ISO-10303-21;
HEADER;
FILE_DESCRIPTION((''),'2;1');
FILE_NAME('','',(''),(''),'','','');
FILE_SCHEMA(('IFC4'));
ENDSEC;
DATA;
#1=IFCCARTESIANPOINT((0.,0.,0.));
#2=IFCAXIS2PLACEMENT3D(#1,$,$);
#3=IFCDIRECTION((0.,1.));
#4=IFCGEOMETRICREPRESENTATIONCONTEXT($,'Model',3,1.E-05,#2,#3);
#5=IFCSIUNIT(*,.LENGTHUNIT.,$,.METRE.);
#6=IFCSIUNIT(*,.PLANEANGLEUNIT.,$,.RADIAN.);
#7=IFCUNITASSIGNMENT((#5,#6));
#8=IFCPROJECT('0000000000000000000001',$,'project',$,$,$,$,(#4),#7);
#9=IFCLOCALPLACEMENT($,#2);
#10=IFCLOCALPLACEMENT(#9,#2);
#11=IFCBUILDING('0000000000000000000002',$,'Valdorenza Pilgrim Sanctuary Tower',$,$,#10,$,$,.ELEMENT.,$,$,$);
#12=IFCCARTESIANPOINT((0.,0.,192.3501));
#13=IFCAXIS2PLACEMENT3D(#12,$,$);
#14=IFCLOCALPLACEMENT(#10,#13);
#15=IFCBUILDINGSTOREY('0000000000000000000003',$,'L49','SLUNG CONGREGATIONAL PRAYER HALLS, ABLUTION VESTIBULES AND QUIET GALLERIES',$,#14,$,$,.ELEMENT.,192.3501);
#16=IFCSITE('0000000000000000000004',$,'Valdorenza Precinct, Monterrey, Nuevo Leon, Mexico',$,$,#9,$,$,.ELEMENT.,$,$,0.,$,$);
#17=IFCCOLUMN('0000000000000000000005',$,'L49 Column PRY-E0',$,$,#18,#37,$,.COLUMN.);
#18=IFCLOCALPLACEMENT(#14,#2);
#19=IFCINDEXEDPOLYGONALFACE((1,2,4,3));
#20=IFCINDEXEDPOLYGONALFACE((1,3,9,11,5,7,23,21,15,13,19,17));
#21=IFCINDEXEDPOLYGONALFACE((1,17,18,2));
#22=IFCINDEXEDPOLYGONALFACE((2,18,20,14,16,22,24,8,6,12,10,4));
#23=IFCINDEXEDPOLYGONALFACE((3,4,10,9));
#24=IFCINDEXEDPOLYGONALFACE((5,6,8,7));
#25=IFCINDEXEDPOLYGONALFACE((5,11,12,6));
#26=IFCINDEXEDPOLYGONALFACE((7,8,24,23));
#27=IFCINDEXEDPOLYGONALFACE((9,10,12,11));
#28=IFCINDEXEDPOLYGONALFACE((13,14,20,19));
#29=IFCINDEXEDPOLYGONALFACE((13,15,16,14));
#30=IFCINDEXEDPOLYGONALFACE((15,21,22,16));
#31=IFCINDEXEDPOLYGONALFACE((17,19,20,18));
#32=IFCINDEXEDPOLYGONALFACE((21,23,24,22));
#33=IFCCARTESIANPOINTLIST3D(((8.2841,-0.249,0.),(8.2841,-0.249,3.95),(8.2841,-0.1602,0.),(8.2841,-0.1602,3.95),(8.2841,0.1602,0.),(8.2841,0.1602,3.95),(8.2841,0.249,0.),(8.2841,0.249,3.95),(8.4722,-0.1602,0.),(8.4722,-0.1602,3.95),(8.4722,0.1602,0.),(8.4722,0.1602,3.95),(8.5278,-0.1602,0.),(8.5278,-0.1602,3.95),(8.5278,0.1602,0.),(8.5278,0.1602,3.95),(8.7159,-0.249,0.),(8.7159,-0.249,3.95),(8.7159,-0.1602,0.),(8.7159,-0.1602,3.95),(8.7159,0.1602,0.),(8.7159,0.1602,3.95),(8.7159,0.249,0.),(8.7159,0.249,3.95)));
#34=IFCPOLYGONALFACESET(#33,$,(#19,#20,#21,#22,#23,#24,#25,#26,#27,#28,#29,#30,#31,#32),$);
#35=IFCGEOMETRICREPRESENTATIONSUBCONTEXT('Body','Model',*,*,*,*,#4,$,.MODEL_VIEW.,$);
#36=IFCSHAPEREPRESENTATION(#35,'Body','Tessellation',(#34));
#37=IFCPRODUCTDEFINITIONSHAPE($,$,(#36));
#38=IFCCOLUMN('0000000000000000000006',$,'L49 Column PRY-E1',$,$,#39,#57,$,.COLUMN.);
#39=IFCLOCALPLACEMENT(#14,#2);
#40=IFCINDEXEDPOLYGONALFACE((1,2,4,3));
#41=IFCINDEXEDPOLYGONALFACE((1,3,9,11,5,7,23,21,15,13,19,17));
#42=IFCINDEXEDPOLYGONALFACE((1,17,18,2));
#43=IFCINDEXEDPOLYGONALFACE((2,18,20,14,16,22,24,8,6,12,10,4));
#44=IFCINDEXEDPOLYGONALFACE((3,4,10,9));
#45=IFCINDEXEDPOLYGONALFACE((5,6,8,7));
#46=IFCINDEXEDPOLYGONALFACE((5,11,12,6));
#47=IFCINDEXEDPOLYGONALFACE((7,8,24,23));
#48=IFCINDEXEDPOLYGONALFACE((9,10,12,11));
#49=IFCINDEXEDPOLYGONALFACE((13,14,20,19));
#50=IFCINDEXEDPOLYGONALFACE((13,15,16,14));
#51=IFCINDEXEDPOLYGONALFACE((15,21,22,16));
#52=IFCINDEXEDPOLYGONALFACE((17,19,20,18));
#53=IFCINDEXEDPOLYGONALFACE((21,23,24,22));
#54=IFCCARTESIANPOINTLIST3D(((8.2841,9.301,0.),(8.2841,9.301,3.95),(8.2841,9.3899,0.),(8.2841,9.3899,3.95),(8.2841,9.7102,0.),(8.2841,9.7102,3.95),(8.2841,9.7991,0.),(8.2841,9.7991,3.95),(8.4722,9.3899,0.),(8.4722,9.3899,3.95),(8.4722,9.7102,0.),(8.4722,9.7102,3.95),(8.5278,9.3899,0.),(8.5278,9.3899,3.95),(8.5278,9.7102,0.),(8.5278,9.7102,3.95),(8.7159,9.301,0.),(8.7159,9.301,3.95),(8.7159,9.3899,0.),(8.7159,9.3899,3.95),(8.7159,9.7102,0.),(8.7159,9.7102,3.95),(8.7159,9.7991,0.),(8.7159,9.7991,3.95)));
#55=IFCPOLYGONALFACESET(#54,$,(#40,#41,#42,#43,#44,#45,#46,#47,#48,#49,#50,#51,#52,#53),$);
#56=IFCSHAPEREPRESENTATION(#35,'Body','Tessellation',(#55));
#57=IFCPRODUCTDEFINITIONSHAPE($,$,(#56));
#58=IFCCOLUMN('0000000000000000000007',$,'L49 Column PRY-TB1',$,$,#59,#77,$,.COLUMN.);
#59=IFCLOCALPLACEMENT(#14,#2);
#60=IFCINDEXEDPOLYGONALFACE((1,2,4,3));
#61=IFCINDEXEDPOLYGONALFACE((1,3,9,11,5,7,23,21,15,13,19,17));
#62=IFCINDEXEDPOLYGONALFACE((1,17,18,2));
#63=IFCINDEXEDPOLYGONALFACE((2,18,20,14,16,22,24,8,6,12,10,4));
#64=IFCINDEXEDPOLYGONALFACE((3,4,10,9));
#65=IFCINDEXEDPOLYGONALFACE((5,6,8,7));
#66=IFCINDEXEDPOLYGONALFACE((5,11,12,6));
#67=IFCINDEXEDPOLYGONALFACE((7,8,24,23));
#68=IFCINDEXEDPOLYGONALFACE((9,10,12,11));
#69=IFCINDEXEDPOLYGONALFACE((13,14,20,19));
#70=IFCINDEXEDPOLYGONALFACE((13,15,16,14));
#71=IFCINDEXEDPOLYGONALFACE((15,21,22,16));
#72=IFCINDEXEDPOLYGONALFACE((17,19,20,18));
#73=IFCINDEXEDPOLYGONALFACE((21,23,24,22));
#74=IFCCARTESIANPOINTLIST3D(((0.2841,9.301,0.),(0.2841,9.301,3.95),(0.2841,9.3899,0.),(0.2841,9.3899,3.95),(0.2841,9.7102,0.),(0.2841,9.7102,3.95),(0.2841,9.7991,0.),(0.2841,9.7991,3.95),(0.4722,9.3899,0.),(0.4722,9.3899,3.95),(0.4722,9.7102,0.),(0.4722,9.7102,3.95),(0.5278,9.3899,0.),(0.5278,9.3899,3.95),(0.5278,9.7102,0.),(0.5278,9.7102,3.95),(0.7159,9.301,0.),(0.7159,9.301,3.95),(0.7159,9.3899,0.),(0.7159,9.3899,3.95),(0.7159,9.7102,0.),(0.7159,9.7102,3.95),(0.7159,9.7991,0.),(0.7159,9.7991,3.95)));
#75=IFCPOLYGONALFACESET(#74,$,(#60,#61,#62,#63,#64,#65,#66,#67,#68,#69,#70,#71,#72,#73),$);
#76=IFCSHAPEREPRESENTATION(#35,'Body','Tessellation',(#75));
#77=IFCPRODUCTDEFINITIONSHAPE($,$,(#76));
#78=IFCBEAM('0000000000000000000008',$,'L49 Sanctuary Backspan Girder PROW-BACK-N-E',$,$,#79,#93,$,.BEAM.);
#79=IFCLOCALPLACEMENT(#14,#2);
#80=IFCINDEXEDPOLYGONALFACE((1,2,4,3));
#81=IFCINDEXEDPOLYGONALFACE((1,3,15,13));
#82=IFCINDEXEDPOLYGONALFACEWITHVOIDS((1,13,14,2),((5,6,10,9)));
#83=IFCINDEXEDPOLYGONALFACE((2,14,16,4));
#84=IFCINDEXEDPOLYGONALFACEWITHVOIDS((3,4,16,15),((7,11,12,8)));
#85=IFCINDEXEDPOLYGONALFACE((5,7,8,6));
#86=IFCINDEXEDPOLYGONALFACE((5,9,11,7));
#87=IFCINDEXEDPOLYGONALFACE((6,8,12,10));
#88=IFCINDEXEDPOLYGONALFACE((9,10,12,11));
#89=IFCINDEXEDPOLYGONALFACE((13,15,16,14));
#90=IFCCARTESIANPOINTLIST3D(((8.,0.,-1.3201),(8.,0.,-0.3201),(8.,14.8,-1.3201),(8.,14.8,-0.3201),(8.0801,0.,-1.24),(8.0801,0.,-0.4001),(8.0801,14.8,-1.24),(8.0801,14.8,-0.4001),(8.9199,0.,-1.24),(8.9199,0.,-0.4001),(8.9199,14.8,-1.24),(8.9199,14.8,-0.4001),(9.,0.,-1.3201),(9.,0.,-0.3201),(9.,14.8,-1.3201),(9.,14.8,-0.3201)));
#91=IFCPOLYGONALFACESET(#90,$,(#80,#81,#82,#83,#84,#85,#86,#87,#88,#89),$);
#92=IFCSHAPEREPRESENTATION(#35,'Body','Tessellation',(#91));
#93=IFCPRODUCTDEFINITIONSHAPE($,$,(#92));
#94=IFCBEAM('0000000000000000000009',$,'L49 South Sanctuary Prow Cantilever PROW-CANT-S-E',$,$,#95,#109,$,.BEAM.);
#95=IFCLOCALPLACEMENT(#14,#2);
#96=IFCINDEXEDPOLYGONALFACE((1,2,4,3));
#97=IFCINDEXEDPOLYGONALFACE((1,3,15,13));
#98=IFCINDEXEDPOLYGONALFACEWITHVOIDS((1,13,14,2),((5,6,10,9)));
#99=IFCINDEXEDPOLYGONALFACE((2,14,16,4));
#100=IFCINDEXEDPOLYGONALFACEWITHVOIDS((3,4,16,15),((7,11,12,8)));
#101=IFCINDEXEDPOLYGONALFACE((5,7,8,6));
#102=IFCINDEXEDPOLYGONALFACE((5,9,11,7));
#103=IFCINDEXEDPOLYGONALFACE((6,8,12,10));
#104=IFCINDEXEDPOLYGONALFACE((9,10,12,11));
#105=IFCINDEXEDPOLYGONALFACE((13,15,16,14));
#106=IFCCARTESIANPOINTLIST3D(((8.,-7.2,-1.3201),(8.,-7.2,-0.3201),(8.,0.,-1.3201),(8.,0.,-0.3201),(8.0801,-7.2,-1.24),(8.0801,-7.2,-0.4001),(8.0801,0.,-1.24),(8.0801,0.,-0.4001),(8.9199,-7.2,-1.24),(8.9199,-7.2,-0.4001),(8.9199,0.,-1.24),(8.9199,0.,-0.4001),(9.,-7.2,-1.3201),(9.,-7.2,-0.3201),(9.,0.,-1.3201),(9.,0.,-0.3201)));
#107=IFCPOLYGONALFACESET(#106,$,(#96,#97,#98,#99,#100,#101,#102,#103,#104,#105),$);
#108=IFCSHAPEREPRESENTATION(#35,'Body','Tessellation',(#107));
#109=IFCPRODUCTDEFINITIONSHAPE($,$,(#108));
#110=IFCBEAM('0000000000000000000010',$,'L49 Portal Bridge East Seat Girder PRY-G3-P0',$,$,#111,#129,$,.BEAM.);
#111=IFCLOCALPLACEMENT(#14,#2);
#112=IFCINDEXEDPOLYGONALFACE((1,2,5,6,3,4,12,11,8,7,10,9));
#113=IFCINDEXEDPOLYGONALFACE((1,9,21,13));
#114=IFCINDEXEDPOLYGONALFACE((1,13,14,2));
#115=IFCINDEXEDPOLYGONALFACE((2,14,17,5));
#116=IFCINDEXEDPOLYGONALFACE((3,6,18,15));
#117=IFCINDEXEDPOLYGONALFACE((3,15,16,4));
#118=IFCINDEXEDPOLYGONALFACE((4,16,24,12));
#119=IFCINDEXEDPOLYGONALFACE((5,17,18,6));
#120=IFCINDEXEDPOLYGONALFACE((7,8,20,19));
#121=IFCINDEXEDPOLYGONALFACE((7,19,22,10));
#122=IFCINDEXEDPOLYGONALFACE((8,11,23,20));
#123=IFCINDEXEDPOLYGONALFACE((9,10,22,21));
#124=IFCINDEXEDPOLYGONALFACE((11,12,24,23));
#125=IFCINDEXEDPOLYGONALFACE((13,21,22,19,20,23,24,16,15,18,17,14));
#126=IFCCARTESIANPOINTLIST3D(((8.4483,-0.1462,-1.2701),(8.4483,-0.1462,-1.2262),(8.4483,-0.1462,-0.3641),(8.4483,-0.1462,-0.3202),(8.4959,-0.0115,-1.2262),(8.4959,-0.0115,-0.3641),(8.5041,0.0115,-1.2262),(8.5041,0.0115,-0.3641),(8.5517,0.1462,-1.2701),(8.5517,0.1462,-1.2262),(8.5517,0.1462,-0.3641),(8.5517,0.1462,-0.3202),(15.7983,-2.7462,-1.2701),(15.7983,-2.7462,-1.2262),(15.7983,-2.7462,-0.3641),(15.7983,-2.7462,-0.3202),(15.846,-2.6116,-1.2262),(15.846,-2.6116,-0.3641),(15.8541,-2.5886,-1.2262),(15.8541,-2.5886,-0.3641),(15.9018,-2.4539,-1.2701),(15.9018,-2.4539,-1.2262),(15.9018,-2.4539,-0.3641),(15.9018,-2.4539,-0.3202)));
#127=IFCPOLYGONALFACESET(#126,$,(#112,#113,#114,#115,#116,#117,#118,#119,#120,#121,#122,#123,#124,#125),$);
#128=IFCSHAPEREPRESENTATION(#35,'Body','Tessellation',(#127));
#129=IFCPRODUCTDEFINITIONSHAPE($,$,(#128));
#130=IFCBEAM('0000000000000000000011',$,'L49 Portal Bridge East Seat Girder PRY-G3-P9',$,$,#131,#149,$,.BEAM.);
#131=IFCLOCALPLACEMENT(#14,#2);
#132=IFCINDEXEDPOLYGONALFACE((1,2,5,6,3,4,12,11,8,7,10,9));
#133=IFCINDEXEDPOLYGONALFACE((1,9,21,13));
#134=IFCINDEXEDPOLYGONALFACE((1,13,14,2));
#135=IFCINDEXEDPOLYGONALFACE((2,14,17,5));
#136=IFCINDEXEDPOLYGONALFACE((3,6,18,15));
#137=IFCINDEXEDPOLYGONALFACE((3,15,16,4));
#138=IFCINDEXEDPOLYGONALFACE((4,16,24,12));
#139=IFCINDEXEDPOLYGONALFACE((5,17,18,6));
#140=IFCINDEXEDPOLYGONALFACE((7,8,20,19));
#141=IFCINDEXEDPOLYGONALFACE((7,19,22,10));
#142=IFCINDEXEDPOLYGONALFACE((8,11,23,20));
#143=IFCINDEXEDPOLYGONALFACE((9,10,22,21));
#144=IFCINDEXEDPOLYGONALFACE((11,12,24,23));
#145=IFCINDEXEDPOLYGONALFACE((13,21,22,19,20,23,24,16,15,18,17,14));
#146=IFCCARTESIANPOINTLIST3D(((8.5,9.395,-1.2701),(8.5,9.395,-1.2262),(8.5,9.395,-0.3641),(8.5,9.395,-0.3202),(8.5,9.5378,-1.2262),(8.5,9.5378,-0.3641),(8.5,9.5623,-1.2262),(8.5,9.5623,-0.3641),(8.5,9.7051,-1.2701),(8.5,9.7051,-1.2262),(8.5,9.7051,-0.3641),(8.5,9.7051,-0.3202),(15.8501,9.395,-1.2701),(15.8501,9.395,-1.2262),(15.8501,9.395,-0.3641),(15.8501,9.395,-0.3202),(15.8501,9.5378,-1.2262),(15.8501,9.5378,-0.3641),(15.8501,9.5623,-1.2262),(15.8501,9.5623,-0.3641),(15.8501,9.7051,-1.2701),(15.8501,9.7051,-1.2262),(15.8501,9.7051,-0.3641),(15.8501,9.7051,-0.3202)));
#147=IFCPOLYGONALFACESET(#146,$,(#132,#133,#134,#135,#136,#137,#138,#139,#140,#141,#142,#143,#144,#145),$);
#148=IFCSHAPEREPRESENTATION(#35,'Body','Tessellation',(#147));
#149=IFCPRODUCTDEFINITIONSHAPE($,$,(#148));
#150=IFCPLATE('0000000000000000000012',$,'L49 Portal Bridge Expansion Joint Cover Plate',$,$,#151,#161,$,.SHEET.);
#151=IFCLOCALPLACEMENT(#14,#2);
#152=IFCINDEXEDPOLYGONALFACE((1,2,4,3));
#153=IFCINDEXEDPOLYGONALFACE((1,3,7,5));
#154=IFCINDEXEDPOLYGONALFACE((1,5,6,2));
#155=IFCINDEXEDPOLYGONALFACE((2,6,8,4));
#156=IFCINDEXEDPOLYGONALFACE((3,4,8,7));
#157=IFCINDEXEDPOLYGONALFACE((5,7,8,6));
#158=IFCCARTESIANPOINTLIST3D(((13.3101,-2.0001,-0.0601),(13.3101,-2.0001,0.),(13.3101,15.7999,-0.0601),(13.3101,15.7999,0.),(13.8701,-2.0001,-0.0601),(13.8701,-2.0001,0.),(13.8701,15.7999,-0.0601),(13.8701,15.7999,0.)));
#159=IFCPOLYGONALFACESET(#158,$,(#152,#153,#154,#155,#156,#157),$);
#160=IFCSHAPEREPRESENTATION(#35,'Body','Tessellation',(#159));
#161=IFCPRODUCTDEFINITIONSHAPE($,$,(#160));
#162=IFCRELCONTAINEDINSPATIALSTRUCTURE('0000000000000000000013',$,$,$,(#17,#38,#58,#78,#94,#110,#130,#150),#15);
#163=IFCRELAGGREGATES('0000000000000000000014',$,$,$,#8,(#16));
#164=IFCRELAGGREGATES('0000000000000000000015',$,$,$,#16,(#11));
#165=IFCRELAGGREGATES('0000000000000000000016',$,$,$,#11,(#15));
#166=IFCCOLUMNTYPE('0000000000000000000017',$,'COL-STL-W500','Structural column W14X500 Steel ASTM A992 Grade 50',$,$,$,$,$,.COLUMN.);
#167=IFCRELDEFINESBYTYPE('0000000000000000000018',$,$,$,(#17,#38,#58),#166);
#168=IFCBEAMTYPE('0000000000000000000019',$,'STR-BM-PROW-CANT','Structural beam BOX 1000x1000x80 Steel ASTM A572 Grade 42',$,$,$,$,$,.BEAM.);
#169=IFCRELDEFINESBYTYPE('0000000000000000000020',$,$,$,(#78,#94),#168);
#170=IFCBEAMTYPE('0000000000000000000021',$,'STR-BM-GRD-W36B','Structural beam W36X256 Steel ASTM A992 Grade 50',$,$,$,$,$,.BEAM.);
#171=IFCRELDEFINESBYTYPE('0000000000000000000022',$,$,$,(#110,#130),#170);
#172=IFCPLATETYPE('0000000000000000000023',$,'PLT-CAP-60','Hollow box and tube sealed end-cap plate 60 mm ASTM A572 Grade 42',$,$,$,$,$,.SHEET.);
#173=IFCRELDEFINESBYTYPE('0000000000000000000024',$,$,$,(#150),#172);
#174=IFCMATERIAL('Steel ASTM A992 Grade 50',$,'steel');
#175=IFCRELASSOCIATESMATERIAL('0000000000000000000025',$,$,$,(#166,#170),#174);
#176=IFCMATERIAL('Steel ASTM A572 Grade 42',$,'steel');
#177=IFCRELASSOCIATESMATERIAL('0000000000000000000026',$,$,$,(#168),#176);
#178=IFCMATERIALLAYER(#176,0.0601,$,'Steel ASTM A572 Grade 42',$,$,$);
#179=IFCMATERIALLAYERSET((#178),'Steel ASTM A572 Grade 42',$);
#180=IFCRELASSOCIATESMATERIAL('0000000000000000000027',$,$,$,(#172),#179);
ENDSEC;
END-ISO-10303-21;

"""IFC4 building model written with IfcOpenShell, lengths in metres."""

from ifc_helpers import new_model, si_unit, direction, frame, origin, origin_2d, place, context, subcontext, project, spatial, rectangle, hollow_rectangle, i_section, extrude, source, transform, mapped, material, layer, layer_set, material_profile, profile_set, type_object, element, save


model = new_model("IFC4")

# Units and contexts
model_context = context("Model", 3, precision=1e-05, world=origin(), true_north=direction((0.0, 1.0)))
body_context = subcontext(model_context, "Body", "Model", "MODEL_VIEW")
ifc_project = project(units=[si_unit("LENGTHUNIT", "METRE"), si_unit("PLANEANGLEUNIT", "RADIAN")], contexts=[model_context])

# Site, building, storey
site_placement = place(None, origin())
site = spatial("IfcSite", under=ifc_project, at=site_placement, Name="Valdorenza Precinct, Monterrey, Nuevo Leon, Mexico", CompositionType="ELEMENT", RefElevation=0.0)
building_placement = place(site_placement, origin())
building = spatial("IfcBuilding", under=site, at=building_placement, Name="Valdorenza Pilgrim Sanctuary Tower", CompositionType="ELEMENT")
storey_placement = place(building_placement, frame((0.0, 0.0, 192.3501)))
storey = spatial("IfcBuildingStorey", under=building, at=storey_placement, Name="L49", Description="SLUNG CONGREGATIONAL PRAYER HALLS, ABLUTION VESTIBULES AND QUIET GALLERIES", CompositionType="ELEMENT", Elevation=192.3501)

# Columns
ifc_material_1 = material(Name="Steel ASTM A992 Grade 50", Category="steel")
ifc_material_profile_1 = material_profile(ifc_material_1, i_section(OverallWidth=0.4319, OverallDepth=0.498, WebThickness=0.0557, FlangeThickness=0.0889, at=origin_2d()), Name="W14X500")
ifc_profile_set_1 = profile_set([ifc_material_profile_1], Name="Steel ASTM A992 Grade 50")
column_type = type_object("IfcColumnType", Name="COL-STL-W500", Description="Structural column W14X500 Steel ASTM A992 Grade 50", PredefinedType="COLUMN", material=ifc_profile_set_1)
shared_shape_1 = source(origin(), body_context, "Body", "SweptSolid", [
    extrude(i_section(OverallWidth=0.4319, OverallDepth=0.498, WebThickness=0.0557, FlangeThickness=0.0889, at=origin_2d()), origin(), (0.0, 0.0, 1.0), 3.95),
])
for number, where, z_axis, x_axis, name in (
    (1, (8.5, 0.0, 0.0), (0.0, 0.0, 1.0), (1.0, 0.0, 0.0), "L49 Column PRY-E0"),
    (2, (8.5, 9.55, 0.0), (0.0, 0.0, 1.0), (1.0, 0.0, 0.0), "L49 Column PRY-E1"),
    (3, (0.5, 9.55, 0.0), (0.0, 0.0, 1.0), (1.0, 0.0, 0.0), "L49 Column PRY-TB1"),
):
    element("IfcColumn", number, at=place(storey_placement, frame(where, z_axis=z_axis, x_axis=x_axis)), inside=storey, type_object=column_type, Name=name, PredefinedType="COLUMN", context=body_context, shape_type="MappedRepresentation", body=[
        mapped(shared_shape_1, transform((0.0, 0.0, 0.0), x_axis=(1.0, 0.0, 0.0), y_axis=(0.0, 1.0, 0.0), z_axis=(0.0, 0.0, 1.0), scale=1.0)),
    ])

# Beams
ifc_material_2 = material(Name="Steel ASTM A572 Grade 42", Category="steel")
ifc_material_profile_2 = material_profile(ifc_material_2, hollow_rectangle(XDim=1.0, YDim=1.0, WallThickness=0.0801, at=origin_2d()), Name="BOX 1000x1000x80")
ifc_profile_set_2 = profile_set([ifc_material_profile_2], Name="Steel ASTM A572 Grade 42")
beam_type_1 = type_object("IfcBeamType", Name="STR-BM-PROW-CANT", Description="Structural beam BOX 1000x1000x80 Steel ASTM A572 Grade 42", PredefinedType="BEAM", material=ifc_profile_set_2)
shared_shape_2 = source(origin(), body_context, "Body", "SweptSolid", [
    extrude(hollow_rectangle(XDim=1.0, YDim=1.0, WallThickness=0.0801, at=origin_2d()), origin(), (0.0, 0.0, 1.0), 14.8),
])
beam_1_placement = place(storey_placement, frame((8.5, 0.0, -0.8201), z_axis=(0.0, 1.0, 0.0), x_axis=(-1.0, 0.0, 0.0)))
element("IfcBeam", 4, at=beam_1_placement, inside=storey, type_object=beam_type_1, Name="L49 Sanctuary Backspan Girder PROW-BACK-N-E", PredefinedType="BEAM", context=body_context, shape_type="MappedRepresentation", body=[
    mapped(shared_shape_2, transform((0.0, 0.0, 0.0), x_axis=(1.0, 0.0, 0.0), y_axis=(0.0, 1.0, 0.0), z_axis=(0.0, 0.0, 1.0), scale=1.0)),
])
shared_shape_3 = source(origin(), body_context, "Body", "SweptSolid", [
    extrude(hollow_rectangle(XDim=1.0, YDim=1.0, WallThickness=0.0801, at=origin_2d()), origin(), (0.0, 0.0, 1.0), 7.2),
])
beam_2_placement = place(storey_placement, frame((8.5, 0.0, -0.8201), z_axis=(0.0, -1.0, 0.0), x_axis=(1.0, 0.0, 0.0)))
element("IfcBeam", 5, at=beam_2_placement, inside=storey, type_object=beam_type_1, Name="L49 South Sanctuary Prow Cantilever PROW-CANT-S-E", PredefinedType="BEAM", context=body_context, shape_type="MappedRepresentation", body=[
    mapped(shared_shape_3, transform((0.0, 0.0, 0.0), x_axis=(1.0, 0.0, 0.0), y_axis=(0.0, 1.0, 0.0), z_axis=(0.0, 0.0, 1.0), scale=1.0)),
])
ifc_material_profile_3 = material_profile(ifc_material_1, i_section(OverallWidth=0.3101, OverallDepth=0.95, WebThickness=0.0244, FlangeThickness=0.0439, at=origin_2d()), Name="W36X256")
ifc_profile_set_3 = profile_set([ifc_material_profile_3], Name="Steel ASTM A992 Grade 50")
beam_type_2 = type_object("IfcBeamType", Name="STR-BM-GRD-W36B", Description="Structural beam W36X256 Steel ASTM A992 Grade 50", PredefinedType="BEAM", material=ifc_profile_set_3)
shared_shape_4 = source(origin(), body_context, "Body", "SweptSolid", [
    extrude(i_section(OverallWidth=0.3101, OverallDepth=0.95, WebThickness=0.0244, FlangeThickness=0.0439, at=origin_2d()), origin(), (0.0, 0.0, 1.0), 7.7964),
])
beam_3_placement = place(storey_placement, frame((8.5, 0.0, -0.7952), z_axis=(0.942751, -0.333498, 0.0), x_axis=(0.333498, 0.942751, 0.0)))
element("IfcBeam", 6, at=beam_3_placement, inside=storey, type_object=beam_type_2, Name="L49 Portal Bridge East Seat Girder PRY-G3-P0", PredefinedType="BEAM", context=body_context, shape_type="MappedRepresentation", body=[
    mapped(shared_shape_4, transform((0.0, 0.0, 0.0), x_axis=(1.0, 0.0, 0.0), y_axis=(0.0, 1.0, 0.0), z_axis=(0.0, 0.0, 1.0), scale=1.0)),
])
shared_shape_5 = source(origin(), body_context, "Body", "SweptSolid", [
    extrude(i_section(OverallWidth=0.3101, OverallDepth=0.95, WebThickness=0.0244, FlangeThickness=0.0439, at=origin_2d()), origin(), (0.0, 0.0, 1.0), 7.3501),
])
beam_4_placement = place(storey_placement, frame((8.5, 9.55, -0.7952), z_axis=(1.0, 0.0, 0.0), x_axis=(0.0, 1.0, 0.0)))
element("IfcBeam", 7, at=beam_4_placement, inside=storey, type_object=beam_type_2, Name="L49 Portal Bridge East Seat Girder PRY-G3-P9", PredefinedType="BEAM", context=body_context, shape_type="MappedRepresentation", body=[
    mapped(shared_shape_5, transform((0.0, 0.0, 0.0), x_axis=(1.0, 0.0, 0.0), y_axis=(0.0, 1.0, 0.0), z_axis=(0.0, 0.0, 1.0), scale=1.0)),
])

# Plate
ifc_layer_1 = layer(ifc_material_2, 0.0601, Name="Steel ASTM A572 Grade 42")
ifc_layer_set_1 = layer_set([ifc_layer_1], Name="Steel ASTM A572 Grade 42")
plate_type = type_object("IfcPlateType", Name="PLT-CAP-60", Description="Hollow box and tube sealed end-cap plate 60 mm ASTM A572 Grade 42", PredefinedType="SHEET", material=ifc_layer_set_1)
shared_shape_6 = source(origin(), body_context, "Body", "SweptSolid", [
    extrude(rectangle(XDim=0.5601, YDim=17.8, at=origin_2d()), origin(), (0.0, 0.0, 1.0), 0.0601),
])
plate_placement = place(storey_placement, frame((13.5901, 6.8999, -0.0601), z_axis=(0.0, 0.0, 1.0), x_axis=(1.0, 0.0, 0.0)))
element("IfcPlate", 8, at=plate_placement, inside=storey, type_object=plate_type, Name="L49 Portal Bridge Expansion Joint Cover Plate", PredefinedType="SHEET", context=body_context, shape_type="MappedRepresentation", body=[
    mapped(shared_shape_6, transform((0.0, 0.0, 0.0), x_axis=(1.0, 0.0, 0.0), y_axis=(0.0, 1.0, 0.0), z_axis=(0.0, 0.0, 1.0), scale=1.0)),
])

save(model, "model.ifc")
